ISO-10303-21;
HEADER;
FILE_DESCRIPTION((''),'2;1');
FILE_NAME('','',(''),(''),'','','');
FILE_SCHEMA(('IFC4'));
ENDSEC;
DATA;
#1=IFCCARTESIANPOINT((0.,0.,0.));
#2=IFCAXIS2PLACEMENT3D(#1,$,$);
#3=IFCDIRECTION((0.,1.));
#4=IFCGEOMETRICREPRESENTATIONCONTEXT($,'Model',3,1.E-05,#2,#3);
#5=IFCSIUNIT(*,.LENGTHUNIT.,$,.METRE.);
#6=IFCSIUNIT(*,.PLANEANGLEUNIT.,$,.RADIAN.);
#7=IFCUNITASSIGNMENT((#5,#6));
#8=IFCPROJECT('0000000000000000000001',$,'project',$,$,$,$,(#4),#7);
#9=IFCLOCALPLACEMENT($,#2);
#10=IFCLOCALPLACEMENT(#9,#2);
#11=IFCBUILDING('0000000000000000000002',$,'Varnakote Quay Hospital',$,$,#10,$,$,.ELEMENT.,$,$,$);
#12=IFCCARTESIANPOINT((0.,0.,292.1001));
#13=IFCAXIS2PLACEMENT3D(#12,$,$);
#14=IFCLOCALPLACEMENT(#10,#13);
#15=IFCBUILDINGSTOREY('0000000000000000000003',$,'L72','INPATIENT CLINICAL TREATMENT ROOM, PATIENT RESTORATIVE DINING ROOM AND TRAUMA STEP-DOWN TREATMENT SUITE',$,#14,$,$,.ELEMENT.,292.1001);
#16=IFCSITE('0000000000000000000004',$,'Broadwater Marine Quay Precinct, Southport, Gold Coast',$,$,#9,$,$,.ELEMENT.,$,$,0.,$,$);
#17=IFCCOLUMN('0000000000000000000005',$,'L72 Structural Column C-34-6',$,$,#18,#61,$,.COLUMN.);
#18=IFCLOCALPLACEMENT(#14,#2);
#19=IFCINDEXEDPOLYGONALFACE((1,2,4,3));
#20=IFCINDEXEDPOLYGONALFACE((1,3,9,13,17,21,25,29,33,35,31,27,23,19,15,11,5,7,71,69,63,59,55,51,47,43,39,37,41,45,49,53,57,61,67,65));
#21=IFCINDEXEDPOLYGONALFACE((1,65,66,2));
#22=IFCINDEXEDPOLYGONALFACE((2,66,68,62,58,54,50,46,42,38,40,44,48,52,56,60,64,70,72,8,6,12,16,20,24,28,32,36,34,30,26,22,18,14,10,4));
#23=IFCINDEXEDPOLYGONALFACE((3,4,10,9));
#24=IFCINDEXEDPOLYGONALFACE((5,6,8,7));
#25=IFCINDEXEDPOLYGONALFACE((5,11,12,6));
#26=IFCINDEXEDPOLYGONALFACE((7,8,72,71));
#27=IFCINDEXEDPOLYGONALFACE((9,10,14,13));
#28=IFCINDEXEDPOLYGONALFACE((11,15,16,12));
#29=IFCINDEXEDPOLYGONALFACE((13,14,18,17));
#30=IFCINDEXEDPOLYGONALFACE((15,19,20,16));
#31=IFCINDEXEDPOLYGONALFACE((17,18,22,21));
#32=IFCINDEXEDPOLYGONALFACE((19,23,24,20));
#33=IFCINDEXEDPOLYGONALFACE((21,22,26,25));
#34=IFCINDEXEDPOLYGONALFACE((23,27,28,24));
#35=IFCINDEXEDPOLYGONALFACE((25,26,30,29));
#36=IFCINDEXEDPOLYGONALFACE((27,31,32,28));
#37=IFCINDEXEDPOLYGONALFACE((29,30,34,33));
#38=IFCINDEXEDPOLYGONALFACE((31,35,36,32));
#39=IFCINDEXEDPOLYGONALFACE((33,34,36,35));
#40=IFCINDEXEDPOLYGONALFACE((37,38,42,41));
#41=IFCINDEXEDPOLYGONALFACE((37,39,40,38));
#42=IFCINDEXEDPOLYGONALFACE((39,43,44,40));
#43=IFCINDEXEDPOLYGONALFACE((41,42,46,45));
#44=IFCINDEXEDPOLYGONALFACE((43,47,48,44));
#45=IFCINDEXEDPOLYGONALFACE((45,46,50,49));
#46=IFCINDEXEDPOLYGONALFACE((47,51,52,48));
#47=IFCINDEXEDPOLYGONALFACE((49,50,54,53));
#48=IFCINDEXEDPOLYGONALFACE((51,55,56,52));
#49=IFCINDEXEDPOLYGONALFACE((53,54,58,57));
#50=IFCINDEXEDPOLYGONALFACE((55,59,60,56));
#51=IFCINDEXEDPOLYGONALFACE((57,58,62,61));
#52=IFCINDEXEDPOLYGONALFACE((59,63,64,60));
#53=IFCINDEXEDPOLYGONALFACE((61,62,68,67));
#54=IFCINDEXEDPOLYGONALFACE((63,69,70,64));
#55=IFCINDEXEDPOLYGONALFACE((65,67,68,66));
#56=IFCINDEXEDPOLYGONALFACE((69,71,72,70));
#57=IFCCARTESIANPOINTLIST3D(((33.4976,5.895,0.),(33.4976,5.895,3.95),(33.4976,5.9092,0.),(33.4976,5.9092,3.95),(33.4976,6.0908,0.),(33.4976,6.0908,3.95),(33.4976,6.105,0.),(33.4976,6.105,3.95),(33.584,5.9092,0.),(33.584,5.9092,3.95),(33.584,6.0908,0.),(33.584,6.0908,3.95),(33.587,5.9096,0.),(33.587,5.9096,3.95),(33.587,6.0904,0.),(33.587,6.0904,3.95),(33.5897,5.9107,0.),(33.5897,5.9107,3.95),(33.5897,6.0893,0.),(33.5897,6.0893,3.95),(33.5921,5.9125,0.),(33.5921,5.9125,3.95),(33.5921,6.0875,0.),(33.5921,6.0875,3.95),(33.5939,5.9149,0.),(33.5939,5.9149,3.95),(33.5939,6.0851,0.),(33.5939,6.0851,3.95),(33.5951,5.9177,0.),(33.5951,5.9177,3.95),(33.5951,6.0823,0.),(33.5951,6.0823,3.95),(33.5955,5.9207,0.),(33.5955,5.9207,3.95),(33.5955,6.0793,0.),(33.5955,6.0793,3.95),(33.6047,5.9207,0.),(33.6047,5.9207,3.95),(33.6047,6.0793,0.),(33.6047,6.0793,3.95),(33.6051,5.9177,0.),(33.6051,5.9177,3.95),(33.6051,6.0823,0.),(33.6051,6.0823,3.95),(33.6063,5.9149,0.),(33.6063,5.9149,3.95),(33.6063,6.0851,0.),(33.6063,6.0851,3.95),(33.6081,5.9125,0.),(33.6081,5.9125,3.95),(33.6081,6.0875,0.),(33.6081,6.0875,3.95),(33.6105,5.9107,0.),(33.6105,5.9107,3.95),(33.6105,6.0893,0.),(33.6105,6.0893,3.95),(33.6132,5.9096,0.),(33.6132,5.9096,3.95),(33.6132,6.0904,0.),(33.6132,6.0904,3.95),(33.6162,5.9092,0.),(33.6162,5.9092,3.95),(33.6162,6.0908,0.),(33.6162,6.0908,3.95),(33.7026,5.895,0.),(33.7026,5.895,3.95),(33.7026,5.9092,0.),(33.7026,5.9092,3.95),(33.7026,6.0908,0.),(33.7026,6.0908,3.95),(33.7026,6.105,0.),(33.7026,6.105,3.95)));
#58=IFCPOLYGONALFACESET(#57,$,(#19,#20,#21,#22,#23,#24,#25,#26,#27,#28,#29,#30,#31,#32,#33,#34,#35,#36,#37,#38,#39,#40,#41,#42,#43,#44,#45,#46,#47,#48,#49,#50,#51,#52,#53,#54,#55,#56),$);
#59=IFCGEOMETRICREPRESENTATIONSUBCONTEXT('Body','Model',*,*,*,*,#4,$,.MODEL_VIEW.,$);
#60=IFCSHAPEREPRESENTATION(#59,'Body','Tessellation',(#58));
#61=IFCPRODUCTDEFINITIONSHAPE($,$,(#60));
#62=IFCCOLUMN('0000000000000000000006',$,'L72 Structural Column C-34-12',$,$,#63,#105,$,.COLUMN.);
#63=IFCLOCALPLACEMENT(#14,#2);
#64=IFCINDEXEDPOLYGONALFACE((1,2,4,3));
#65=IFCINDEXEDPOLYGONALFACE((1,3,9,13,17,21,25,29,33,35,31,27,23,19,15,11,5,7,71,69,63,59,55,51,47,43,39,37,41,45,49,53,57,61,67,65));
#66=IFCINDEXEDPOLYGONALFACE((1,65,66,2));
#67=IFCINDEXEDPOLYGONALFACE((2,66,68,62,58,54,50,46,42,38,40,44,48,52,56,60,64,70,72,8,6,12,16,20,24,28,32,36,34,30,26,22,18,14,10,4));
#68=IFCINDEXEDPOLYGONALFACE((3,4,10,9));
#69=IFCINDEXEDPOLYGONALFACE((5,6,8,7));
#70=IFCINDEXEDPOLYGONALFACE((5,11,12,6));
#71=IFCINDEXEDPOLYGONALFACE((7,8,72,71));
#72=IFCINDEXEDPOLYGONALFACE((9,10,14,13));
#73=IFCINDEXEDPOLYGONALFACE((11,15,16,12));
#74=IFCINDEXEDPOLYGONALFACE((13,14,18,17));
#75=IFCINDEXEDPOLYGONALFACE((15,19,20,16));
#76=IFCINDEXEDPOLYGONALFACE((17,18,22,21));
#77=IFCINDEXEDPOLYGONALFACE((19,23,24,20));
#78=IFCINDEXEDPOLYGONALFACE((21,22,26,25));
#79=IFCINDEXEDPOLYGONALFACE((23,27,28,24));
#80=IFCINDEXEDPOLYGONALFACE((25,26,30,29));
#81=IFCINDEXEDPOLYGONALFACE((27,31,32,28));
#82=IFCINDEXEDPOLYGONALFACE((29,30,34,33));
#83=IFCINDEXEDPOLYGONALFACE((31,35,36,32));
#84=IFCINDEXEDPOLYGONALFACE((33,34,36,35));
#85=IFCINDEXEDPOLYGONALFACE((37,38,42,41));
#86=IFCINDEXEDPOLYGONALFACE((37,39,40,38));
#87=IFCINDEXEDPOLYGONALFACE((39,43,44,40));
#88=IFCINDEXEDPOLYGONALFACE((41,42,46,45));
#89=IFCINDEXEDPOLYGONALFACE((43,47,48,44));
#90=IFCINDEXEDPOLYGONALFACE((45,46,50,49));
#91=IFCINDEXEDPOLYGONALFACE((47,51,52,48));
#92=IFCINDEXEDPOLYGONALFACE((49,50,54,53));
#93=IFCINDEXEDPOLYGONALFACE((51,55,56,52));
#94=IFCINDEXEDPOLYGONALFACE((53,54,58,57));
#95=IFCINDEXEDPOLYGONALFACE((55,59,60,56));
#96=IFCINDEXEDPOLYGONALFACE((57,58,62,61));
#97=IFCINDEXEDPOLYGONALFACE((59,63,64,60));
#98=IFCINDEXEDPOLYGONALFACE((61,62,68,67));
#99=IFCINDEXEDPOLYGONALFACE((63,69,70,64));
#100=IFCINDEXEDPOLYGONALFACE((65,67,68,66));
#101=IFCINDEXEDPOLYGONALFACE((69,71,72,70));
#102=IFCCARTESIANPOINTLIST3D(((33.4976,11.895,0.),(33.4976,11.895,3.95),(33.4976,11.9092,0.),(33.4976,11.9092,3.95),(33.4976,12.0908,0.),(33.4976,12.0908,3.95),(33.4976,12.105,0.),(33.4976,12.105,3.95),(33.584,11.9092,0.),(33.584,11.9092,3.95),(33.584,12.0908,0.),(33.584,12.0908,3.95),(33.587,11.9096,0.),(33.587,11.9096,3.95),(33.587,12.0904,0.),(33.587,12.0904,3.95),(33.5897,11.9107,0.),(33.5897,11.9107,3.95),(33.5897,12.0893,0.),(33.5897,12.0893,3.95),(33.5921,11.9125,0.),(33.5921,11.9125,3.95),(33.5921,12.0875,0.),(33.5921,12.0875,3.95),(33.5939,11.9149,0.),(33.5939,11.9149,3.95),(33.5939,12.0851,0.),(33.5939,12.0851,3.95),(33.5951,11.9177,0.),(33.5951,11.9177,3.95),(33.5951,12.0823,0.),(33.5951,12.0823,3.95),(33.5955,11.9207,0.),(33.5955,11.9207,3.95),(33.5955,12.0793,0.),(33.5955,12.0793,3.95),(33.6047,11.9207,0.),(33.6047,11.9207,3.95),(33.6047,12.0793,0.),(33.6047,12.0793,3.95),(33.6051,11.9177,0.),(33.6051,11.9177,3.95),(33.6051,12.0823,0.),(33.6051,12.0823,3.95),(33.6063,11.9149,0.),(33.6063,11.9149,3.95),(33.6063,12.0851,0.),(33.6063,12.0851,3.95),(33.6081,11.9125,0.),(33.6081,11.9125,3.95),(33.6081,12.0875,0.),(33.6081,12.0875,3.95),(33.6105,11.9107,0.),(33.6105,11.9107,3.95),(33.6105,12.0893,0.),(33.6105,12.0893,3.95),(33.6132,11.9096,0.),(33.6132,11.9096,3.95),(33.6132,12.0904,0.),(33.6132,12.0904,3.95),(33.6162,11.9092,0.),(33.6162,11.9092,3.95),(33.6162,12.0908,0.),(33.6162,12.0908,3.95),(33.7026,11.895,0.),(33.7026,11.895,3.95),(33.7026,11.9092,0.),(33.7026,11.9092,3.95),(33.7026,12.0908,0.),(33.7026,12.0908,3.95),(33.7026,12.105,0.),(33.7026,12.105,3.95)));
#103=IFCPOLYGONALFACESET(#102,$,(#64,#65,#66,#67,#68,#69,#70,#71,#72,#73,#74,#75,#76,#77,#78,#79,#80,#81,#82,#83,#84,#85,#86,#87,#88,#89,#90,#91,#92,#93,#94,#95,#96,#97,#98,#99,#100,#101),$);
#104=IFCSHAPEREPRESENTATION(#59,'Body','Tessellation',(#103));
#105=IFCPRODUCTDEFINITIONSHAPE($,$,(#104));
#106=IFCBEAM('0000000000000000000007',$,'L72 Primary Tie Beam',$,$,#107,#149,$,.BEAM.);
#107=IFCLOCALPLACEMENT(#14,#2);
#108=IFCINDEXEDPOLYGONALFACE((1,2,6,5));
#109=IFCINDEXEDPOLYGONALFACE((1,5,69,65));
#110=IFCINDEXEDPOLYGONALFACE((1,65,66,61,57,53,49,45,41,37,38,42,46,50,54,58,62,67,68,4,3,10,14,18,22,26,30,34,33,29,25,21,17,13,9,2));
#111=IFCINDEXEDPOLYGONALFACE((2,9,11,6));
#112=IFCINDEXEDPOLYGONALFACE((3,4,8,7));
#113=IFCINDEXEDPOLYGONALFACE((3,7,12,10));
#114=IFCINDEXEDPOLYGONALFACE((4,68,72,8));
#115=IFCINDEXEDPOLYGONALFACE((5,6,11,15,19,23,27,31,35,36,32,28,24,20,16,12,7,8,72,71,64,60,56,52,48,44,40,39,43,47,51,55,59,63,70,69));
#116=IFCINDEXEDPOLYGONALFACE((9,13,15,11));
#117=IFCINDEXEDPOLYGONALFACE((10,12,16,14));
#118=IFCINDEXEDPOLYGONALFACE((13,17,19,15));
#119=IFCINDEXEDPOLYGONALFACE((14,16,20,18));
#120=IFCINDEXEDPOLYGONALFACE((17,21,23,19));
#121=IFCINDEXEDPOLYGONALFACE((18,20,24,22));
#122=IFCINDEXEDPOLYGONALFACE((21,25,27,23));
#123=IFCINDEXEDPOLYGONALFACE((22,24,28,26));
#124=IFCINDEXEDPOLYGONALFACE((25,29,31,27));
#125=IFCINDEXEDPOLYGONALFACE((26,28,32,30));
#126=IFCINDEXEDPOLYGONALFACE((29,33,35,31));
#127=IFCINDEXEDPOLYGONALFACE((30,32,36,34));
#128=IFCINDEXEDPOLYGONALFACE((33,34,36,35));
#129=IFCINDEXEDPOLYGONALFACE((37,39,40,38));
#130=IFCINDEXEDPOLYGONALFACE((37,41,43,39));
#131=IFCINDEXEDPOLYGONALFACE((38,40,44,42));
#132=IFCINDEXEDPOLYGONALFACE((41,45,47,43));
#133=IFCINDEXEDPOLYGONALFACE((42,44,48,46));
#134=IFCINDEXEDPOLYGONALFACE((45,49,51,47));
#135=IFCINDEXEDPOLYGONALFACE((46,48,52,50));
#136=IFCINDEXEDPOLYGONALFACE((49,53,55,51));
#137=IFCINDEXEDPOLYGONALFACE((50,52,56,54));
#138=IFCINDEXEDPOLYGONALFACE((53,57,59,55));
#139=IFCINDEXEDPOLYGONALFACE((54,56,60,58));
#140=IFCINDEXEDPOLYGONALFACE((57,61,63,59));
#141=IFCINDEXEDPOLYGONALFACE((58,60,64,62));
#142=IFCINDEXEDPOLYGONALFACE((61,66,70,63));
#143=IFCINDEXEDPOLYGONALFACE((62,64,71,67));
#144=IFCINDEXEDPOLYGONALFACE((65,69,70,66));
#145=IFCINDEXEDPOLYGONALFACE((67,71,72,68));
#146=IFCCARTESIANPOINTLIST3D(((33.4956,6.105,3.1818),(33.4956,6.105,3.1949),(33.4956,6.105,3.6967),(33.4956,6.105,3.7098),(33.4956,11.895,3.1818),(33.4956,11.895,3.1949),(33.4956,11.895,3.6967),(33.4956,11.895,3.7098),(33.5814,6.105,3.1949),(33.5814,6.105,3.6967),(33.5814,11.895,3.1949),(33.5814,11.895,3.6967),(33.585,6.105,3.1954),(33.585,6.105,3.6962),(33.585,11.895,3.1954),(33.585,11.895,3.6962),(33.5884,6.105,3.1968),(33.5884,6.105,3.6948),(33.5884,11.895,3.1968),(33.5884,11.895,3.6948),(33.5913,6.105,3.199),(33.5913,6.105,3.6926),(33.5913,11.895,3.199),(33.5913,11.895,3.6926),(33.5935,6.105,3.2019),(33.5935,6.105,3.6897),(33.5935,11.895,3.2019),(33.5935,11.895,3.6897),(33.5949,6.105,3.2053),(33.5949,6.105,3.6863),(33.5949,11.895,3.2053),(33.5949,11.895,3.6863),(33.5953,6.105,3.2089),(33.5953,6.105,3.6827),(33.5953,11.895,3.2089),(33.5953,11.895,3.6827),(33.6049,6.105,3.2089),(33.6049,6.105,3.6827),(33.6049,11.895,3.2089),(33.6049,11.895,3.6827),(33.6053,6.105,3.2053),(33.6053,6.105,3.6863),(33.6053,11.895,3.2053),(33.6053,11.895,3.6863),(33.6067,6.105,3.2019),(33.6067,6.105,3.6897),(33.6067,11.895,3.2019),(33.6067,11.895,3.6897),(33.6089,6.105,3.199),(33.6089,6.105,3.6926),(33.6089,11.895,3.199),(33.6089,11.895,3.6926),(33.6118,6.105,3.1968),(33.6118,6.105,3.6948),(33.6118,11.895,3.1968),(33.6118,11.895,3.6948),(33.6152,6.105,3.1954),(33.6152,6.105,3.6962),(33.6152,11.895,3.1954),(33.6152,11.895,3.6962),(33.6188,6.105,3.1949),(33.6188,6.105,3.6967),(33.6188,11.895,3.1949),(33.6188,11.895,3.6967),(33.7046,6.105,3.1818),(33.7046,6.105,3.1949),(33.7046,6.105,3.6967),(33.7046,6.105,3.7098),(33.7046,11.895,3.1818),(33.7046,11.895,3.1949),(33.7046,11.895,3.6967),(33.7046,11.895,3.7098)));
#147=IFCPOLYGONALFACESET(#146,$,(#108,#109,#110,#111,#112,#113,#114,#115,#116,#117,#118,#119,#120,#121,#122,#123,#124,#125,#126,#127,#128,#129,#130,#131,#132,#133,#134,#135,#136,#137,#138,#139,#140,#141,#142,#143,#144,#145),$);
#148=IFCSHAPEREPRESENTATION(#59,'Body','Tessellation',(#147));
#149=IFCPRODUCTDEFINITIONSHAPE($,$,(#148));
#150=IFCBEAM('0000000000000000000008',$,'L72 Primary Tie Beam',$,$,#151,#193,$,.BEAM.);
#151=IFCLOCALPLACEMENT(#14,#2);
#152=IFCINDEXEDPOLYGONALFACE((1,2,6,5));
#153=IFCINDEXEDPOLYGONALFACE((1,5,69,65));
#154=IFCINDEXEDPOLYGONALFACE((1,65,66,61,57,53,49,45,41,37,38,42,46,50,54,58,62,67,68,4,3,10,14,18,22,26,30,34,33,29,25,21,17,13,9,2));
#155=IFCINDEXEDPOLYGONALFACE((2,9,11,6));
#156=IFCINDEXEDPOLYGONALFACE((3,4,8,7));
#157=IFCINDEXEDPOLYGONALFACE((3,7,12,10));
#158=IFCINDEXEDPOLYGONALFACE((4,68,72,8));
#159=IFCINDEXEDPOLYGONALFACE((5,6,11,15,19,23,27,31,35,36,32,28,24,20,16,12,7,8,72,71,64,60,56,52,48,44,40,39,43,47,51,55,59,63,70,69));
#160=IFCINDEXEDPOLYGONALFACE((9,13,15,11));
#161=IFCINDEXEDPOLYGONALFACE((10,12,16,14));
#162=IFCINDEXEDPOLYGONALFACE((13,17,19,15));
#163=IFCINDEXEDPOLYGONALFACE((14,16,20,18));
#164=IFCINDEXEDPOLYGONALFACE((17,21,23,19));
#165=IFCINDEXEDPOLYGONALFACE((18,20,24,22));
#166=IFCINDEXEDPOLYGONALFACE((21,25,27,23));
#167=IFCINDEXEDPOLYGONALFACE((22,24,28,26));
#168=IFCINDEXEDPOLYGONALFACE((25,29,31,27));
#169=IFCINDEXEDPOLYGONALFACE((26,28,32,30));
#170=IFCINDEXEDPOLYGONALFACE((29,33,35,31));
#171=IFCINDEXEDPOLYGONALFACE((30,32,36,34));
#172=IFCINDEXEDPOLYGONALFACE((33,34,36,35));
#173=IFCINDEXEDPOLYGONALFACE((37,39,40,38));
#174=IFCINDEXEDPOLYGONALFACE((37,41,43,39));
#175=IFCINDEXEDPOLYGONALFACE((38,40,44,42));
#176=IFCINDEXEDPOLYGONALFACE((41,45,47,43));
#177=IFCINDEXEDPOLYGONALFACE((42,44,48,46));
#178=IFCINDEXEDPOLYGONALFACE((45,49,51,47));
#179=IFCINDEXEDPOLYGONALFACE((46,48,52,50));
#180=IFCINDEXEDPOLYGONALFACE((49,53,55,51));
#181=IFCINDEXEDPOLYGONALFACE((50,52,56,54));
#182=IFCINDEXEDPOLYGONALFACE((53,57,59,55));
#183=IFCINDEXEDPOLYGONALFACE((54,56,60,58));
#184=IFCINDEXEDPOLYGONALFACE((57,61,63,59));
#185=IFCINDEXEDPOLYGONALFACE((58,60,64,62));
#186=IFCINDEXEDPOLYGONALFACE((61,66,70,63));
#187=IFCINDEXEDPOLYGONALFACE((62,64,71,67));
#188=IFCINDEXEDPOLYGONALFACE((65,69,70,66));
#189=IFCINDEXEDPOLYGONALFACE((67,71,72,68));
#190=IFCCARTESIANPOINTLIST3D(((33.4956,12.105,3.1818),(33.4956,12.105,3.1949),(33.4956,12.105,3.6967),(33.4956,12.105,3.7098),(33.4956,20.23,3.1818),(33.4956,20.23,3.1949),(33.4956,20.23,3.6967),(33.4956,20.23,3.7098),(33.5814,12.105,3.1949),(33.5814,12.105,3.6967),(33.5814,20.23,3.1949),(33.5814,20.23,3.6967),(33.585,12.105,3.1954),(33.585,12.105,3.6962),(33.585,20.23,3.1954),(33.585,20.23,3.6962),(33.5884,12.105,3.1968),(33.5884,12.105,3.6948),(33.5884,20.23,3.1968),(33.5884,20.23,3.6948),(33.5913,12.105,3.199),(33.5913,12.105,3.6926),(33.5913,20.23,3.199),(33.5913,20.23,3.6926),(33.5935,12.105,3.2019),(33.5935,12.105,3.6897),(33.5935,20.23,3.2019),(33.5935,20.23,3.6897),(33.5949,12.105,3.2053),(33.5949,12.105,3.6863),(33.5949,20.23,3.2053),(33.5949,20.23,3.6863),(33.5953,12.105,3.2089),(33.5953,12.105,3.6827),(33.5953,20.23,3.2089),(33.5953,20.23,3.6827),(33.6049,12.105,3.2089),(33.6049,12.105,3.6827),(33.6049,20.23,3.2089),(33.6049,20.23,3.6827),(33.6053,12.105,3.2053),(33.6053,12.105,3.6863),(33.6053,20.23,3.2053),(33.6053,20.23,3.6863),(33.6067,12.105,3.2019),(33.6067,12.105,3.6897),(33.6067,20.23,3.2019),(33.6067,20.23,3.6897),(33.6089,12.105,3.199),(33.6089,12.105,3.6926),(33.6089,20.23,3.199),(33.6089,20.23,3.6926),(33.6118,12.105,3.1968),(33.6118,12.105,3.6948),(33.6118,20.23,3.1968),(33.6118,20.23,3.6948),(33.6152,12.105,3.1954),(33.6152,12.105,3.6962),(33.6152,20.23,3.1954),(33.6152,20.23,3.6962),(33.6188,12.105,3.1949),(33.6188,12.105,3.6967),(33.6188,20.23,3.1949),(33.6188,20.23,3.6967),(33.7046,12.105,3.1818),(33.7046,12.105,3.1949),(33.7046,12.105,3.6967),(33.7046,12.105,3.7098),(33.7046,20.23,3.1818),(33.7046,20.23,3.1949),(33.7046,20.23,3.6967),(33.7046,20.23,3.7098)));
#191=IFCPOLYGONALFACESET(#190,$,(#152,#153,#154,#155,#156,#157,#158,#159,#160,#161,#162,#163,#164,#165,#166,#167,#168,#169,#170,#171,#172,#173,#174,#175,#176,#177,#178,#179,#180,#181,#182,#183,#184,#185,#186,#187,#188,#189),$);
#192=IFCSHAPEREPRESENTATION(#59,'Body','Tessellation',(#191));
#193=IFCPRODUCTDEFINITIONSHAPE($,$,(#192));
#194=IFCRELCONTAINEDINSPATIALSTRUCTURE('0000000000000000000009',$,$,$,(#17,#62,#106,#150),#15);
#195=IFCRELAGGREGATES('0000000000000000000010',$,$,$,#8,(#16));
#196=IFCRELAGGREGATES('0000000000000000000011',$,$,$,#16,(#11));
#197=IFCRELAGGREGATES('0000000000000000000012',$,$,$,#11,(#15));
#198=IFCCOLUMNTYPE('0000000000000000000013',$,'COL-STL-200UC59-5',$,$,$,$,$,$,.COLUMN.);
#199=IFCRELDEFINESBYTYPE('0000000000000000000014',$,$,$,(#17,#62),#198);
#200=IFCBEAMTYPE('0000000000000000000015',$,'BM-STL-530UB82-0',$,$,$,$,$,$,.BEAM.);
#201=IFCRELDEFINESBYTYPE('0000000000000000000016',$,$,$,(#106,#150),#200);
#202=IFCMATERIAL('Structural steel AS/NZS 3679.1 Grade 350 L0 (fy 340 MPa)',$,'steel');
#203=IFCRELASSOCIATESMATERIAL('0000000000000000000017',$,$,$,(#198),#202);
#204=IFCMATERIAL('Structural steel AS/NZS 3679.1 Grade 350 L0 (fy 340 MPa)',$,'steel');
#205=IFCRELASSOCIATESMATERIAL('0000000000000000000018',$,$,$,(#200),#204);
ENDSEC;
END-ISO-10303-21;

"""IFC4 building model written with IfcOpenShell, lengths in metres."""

from ifc_helpers import new_model, si_unit, direction, frame, origin, origin_2d, place, context, subcontext, project, spatial, i_section, extrude, material, material_profile, profile_set, type_object, element, save


model = new_model("IFC4")

# Units and contexts
model_context = context("Model", 3, precision=1e-05, world=origin(), true_north=direction((0.0, 1.0)))
body_context = subcontext(model_context, "Body", "Model", "MODEL_VIEW")
ifc_project = project(units=[si_unit("LENGTHUNIT", "METRE"), si_unit("PLANEANGLEUNIT", "RADIAN")], contexts=[model_context])

# Site, building, storey
site_placement = place(None, origin())
site = spatial("IfcSite", under=ifc_project, at=site_placement, Name="Broadwater Marine Quay Precinct, Southport, Gold Coast", CompositionType="ELEMENT", RefElevation=0.0)
building_placement = place(site_placement, origin())
building = spatial("IfcBuilding", under=site, at=building_placement, Name="Varnakote Quay Hospital", CompositionType="ELEMENT")
storey_placement = place(building_placement, frame((0.0, 0.0, 292.1001)))
storey = spatial("IfcBuildingStorey", under=building, at=storey_placement, Name="L72", Description="INPATIENT CLINICAL TREATMENT ROOM, PATIENT RESTORATIVE DINING ROOM AND TRAUMA STEP-DOWN TREATMENT SUITE", CompositionType="ELEMENT", Elevation=292.1001)

# Columns
ifc_material_1 = material(Name="Structural steel AS/NZS 3679.1 Grade 350 L0 (fy 340 MPa)", Category="steel")
ifc_material_profile_1 = material_profile(ifc_material_1, i_section(OverallWidth=0.2051, OverallDepth=0.21, WebThickness=0.0093, FlangeThickness=0.0142, FilletRadius=0.0115, at=origin_2d()), Name="200UC59.5")
ifc_profile_set_1 = profile_set([ifc_material_profile_1], Name="Structural steel AS/NZS 3679.1 Grade 350 L0 (fy 340 MPa)")
column_type = type_object("IfcColumnType", Name="COL-STL-200UC59-5", PredefinedType="COLUMN", material=ifc_profile_set_1)
for number, where, z_axis, x_axis, name in (
    (1, (33.6001, 6.0, 0.0), (0.0, 0.0, 1.0), (1.0, 0.0, 0.0), "L72 Structural Column C-34-6"),
    (2, (33.6001, 12.0, 0.0), (0.0, 0.0, 1.0), (1.0, 0.0, 0.0), "L72 Structural Column C-34-12"),
):
    element("IfcColumn", number, at=place(storey_placement, frame(where, z_axis=z_axis, x_axis=x_axis)), inside=storey, type_object=column_type, Name=name, PredefinedType="COLUMN", context=body_context, shape_type="SweptSolid", body=[
        extrude(i_section(OverallWidth=0.2051, OverallDepth=0.21, WebThickness=0.0093, FlangeThickness=0.0142, FilletRadius=0.0115, at=origin_2d()), origin(), (0.0, 0.0, 1.0), 3.95),
    ])

# Beams
ifc_material_2 = material(Name="Structural steel AS/NZS 3679.1 Grade 350 L0 (fy 340 MPa)", Category="steel")
ifc_material_profile_2 = material_profile(ifc_material_2, i_section(OverallWidth=0.209, OverallDepth=0.5281, WebThickness=0.0095, FlangeThickness=0.0132, FilletRadius=0.0139, at=origin_2d()), Name="530UB82.0")
ifc_profile_set_2 = profile_set([ifc_material_profile_2], Name="Structural steel AS/NZS 3679.1 Grade 350 L0 (fy 340 MPa)")
beam_type = type_object("IfcBeamType", Name="BM-STL-530UB82-0", PredefinedType="BEAM", material=ifc_profile_set_2)
beam_1_placement = place(storey_placement, frame((33.6001, 6.105, 3.4458), z_axis=(0.0, 1.0, 0.0), x_axis=(-1.0, 0.0, 0.0)))
element("IfcBeam", 3, at=beam_1_placement, inside=storey, type_object=beam_type, Name="L72 Primary Tie Beam", PredefinedType="BEAM", context=body_context, shape_type="SweptSolid", body=[
    extrude(i_section(OverallWidth=0.209, OverallDepth=0.5281, WebThickness=0.0095, FlangeThickness=0.0132, FilletRadius=0.0139, at=origin_2d()), origin(), (0.0, 0.0, 1.0), 5.79),
])
beam_2_placement = place(storey_placement, frame((33.6001, 12.105, 3.4458), z_axis=(0.0, 1.0, 0.0), x_axis=(-1.0, 0.0, 0.0)))
element("IfcBeam", 4, at=beam_2_placement, inside=storey, type_object=beam_type, Name="L72 Primary Tie Beam", PredefinedType="BEAM", context=body_context, shape_type="SweptSolid", body=[
    extrude(i_section(OverallWidth=0.209, OverallDepth=0.5281, WebThickness=0.0095, FlangeThickness=0.0132, FilletRadius=0.0139, at=origin_2d()), origin(), (0.0, 0.0, 1.0), 8.125),
])

save(model, "model.ifc")
